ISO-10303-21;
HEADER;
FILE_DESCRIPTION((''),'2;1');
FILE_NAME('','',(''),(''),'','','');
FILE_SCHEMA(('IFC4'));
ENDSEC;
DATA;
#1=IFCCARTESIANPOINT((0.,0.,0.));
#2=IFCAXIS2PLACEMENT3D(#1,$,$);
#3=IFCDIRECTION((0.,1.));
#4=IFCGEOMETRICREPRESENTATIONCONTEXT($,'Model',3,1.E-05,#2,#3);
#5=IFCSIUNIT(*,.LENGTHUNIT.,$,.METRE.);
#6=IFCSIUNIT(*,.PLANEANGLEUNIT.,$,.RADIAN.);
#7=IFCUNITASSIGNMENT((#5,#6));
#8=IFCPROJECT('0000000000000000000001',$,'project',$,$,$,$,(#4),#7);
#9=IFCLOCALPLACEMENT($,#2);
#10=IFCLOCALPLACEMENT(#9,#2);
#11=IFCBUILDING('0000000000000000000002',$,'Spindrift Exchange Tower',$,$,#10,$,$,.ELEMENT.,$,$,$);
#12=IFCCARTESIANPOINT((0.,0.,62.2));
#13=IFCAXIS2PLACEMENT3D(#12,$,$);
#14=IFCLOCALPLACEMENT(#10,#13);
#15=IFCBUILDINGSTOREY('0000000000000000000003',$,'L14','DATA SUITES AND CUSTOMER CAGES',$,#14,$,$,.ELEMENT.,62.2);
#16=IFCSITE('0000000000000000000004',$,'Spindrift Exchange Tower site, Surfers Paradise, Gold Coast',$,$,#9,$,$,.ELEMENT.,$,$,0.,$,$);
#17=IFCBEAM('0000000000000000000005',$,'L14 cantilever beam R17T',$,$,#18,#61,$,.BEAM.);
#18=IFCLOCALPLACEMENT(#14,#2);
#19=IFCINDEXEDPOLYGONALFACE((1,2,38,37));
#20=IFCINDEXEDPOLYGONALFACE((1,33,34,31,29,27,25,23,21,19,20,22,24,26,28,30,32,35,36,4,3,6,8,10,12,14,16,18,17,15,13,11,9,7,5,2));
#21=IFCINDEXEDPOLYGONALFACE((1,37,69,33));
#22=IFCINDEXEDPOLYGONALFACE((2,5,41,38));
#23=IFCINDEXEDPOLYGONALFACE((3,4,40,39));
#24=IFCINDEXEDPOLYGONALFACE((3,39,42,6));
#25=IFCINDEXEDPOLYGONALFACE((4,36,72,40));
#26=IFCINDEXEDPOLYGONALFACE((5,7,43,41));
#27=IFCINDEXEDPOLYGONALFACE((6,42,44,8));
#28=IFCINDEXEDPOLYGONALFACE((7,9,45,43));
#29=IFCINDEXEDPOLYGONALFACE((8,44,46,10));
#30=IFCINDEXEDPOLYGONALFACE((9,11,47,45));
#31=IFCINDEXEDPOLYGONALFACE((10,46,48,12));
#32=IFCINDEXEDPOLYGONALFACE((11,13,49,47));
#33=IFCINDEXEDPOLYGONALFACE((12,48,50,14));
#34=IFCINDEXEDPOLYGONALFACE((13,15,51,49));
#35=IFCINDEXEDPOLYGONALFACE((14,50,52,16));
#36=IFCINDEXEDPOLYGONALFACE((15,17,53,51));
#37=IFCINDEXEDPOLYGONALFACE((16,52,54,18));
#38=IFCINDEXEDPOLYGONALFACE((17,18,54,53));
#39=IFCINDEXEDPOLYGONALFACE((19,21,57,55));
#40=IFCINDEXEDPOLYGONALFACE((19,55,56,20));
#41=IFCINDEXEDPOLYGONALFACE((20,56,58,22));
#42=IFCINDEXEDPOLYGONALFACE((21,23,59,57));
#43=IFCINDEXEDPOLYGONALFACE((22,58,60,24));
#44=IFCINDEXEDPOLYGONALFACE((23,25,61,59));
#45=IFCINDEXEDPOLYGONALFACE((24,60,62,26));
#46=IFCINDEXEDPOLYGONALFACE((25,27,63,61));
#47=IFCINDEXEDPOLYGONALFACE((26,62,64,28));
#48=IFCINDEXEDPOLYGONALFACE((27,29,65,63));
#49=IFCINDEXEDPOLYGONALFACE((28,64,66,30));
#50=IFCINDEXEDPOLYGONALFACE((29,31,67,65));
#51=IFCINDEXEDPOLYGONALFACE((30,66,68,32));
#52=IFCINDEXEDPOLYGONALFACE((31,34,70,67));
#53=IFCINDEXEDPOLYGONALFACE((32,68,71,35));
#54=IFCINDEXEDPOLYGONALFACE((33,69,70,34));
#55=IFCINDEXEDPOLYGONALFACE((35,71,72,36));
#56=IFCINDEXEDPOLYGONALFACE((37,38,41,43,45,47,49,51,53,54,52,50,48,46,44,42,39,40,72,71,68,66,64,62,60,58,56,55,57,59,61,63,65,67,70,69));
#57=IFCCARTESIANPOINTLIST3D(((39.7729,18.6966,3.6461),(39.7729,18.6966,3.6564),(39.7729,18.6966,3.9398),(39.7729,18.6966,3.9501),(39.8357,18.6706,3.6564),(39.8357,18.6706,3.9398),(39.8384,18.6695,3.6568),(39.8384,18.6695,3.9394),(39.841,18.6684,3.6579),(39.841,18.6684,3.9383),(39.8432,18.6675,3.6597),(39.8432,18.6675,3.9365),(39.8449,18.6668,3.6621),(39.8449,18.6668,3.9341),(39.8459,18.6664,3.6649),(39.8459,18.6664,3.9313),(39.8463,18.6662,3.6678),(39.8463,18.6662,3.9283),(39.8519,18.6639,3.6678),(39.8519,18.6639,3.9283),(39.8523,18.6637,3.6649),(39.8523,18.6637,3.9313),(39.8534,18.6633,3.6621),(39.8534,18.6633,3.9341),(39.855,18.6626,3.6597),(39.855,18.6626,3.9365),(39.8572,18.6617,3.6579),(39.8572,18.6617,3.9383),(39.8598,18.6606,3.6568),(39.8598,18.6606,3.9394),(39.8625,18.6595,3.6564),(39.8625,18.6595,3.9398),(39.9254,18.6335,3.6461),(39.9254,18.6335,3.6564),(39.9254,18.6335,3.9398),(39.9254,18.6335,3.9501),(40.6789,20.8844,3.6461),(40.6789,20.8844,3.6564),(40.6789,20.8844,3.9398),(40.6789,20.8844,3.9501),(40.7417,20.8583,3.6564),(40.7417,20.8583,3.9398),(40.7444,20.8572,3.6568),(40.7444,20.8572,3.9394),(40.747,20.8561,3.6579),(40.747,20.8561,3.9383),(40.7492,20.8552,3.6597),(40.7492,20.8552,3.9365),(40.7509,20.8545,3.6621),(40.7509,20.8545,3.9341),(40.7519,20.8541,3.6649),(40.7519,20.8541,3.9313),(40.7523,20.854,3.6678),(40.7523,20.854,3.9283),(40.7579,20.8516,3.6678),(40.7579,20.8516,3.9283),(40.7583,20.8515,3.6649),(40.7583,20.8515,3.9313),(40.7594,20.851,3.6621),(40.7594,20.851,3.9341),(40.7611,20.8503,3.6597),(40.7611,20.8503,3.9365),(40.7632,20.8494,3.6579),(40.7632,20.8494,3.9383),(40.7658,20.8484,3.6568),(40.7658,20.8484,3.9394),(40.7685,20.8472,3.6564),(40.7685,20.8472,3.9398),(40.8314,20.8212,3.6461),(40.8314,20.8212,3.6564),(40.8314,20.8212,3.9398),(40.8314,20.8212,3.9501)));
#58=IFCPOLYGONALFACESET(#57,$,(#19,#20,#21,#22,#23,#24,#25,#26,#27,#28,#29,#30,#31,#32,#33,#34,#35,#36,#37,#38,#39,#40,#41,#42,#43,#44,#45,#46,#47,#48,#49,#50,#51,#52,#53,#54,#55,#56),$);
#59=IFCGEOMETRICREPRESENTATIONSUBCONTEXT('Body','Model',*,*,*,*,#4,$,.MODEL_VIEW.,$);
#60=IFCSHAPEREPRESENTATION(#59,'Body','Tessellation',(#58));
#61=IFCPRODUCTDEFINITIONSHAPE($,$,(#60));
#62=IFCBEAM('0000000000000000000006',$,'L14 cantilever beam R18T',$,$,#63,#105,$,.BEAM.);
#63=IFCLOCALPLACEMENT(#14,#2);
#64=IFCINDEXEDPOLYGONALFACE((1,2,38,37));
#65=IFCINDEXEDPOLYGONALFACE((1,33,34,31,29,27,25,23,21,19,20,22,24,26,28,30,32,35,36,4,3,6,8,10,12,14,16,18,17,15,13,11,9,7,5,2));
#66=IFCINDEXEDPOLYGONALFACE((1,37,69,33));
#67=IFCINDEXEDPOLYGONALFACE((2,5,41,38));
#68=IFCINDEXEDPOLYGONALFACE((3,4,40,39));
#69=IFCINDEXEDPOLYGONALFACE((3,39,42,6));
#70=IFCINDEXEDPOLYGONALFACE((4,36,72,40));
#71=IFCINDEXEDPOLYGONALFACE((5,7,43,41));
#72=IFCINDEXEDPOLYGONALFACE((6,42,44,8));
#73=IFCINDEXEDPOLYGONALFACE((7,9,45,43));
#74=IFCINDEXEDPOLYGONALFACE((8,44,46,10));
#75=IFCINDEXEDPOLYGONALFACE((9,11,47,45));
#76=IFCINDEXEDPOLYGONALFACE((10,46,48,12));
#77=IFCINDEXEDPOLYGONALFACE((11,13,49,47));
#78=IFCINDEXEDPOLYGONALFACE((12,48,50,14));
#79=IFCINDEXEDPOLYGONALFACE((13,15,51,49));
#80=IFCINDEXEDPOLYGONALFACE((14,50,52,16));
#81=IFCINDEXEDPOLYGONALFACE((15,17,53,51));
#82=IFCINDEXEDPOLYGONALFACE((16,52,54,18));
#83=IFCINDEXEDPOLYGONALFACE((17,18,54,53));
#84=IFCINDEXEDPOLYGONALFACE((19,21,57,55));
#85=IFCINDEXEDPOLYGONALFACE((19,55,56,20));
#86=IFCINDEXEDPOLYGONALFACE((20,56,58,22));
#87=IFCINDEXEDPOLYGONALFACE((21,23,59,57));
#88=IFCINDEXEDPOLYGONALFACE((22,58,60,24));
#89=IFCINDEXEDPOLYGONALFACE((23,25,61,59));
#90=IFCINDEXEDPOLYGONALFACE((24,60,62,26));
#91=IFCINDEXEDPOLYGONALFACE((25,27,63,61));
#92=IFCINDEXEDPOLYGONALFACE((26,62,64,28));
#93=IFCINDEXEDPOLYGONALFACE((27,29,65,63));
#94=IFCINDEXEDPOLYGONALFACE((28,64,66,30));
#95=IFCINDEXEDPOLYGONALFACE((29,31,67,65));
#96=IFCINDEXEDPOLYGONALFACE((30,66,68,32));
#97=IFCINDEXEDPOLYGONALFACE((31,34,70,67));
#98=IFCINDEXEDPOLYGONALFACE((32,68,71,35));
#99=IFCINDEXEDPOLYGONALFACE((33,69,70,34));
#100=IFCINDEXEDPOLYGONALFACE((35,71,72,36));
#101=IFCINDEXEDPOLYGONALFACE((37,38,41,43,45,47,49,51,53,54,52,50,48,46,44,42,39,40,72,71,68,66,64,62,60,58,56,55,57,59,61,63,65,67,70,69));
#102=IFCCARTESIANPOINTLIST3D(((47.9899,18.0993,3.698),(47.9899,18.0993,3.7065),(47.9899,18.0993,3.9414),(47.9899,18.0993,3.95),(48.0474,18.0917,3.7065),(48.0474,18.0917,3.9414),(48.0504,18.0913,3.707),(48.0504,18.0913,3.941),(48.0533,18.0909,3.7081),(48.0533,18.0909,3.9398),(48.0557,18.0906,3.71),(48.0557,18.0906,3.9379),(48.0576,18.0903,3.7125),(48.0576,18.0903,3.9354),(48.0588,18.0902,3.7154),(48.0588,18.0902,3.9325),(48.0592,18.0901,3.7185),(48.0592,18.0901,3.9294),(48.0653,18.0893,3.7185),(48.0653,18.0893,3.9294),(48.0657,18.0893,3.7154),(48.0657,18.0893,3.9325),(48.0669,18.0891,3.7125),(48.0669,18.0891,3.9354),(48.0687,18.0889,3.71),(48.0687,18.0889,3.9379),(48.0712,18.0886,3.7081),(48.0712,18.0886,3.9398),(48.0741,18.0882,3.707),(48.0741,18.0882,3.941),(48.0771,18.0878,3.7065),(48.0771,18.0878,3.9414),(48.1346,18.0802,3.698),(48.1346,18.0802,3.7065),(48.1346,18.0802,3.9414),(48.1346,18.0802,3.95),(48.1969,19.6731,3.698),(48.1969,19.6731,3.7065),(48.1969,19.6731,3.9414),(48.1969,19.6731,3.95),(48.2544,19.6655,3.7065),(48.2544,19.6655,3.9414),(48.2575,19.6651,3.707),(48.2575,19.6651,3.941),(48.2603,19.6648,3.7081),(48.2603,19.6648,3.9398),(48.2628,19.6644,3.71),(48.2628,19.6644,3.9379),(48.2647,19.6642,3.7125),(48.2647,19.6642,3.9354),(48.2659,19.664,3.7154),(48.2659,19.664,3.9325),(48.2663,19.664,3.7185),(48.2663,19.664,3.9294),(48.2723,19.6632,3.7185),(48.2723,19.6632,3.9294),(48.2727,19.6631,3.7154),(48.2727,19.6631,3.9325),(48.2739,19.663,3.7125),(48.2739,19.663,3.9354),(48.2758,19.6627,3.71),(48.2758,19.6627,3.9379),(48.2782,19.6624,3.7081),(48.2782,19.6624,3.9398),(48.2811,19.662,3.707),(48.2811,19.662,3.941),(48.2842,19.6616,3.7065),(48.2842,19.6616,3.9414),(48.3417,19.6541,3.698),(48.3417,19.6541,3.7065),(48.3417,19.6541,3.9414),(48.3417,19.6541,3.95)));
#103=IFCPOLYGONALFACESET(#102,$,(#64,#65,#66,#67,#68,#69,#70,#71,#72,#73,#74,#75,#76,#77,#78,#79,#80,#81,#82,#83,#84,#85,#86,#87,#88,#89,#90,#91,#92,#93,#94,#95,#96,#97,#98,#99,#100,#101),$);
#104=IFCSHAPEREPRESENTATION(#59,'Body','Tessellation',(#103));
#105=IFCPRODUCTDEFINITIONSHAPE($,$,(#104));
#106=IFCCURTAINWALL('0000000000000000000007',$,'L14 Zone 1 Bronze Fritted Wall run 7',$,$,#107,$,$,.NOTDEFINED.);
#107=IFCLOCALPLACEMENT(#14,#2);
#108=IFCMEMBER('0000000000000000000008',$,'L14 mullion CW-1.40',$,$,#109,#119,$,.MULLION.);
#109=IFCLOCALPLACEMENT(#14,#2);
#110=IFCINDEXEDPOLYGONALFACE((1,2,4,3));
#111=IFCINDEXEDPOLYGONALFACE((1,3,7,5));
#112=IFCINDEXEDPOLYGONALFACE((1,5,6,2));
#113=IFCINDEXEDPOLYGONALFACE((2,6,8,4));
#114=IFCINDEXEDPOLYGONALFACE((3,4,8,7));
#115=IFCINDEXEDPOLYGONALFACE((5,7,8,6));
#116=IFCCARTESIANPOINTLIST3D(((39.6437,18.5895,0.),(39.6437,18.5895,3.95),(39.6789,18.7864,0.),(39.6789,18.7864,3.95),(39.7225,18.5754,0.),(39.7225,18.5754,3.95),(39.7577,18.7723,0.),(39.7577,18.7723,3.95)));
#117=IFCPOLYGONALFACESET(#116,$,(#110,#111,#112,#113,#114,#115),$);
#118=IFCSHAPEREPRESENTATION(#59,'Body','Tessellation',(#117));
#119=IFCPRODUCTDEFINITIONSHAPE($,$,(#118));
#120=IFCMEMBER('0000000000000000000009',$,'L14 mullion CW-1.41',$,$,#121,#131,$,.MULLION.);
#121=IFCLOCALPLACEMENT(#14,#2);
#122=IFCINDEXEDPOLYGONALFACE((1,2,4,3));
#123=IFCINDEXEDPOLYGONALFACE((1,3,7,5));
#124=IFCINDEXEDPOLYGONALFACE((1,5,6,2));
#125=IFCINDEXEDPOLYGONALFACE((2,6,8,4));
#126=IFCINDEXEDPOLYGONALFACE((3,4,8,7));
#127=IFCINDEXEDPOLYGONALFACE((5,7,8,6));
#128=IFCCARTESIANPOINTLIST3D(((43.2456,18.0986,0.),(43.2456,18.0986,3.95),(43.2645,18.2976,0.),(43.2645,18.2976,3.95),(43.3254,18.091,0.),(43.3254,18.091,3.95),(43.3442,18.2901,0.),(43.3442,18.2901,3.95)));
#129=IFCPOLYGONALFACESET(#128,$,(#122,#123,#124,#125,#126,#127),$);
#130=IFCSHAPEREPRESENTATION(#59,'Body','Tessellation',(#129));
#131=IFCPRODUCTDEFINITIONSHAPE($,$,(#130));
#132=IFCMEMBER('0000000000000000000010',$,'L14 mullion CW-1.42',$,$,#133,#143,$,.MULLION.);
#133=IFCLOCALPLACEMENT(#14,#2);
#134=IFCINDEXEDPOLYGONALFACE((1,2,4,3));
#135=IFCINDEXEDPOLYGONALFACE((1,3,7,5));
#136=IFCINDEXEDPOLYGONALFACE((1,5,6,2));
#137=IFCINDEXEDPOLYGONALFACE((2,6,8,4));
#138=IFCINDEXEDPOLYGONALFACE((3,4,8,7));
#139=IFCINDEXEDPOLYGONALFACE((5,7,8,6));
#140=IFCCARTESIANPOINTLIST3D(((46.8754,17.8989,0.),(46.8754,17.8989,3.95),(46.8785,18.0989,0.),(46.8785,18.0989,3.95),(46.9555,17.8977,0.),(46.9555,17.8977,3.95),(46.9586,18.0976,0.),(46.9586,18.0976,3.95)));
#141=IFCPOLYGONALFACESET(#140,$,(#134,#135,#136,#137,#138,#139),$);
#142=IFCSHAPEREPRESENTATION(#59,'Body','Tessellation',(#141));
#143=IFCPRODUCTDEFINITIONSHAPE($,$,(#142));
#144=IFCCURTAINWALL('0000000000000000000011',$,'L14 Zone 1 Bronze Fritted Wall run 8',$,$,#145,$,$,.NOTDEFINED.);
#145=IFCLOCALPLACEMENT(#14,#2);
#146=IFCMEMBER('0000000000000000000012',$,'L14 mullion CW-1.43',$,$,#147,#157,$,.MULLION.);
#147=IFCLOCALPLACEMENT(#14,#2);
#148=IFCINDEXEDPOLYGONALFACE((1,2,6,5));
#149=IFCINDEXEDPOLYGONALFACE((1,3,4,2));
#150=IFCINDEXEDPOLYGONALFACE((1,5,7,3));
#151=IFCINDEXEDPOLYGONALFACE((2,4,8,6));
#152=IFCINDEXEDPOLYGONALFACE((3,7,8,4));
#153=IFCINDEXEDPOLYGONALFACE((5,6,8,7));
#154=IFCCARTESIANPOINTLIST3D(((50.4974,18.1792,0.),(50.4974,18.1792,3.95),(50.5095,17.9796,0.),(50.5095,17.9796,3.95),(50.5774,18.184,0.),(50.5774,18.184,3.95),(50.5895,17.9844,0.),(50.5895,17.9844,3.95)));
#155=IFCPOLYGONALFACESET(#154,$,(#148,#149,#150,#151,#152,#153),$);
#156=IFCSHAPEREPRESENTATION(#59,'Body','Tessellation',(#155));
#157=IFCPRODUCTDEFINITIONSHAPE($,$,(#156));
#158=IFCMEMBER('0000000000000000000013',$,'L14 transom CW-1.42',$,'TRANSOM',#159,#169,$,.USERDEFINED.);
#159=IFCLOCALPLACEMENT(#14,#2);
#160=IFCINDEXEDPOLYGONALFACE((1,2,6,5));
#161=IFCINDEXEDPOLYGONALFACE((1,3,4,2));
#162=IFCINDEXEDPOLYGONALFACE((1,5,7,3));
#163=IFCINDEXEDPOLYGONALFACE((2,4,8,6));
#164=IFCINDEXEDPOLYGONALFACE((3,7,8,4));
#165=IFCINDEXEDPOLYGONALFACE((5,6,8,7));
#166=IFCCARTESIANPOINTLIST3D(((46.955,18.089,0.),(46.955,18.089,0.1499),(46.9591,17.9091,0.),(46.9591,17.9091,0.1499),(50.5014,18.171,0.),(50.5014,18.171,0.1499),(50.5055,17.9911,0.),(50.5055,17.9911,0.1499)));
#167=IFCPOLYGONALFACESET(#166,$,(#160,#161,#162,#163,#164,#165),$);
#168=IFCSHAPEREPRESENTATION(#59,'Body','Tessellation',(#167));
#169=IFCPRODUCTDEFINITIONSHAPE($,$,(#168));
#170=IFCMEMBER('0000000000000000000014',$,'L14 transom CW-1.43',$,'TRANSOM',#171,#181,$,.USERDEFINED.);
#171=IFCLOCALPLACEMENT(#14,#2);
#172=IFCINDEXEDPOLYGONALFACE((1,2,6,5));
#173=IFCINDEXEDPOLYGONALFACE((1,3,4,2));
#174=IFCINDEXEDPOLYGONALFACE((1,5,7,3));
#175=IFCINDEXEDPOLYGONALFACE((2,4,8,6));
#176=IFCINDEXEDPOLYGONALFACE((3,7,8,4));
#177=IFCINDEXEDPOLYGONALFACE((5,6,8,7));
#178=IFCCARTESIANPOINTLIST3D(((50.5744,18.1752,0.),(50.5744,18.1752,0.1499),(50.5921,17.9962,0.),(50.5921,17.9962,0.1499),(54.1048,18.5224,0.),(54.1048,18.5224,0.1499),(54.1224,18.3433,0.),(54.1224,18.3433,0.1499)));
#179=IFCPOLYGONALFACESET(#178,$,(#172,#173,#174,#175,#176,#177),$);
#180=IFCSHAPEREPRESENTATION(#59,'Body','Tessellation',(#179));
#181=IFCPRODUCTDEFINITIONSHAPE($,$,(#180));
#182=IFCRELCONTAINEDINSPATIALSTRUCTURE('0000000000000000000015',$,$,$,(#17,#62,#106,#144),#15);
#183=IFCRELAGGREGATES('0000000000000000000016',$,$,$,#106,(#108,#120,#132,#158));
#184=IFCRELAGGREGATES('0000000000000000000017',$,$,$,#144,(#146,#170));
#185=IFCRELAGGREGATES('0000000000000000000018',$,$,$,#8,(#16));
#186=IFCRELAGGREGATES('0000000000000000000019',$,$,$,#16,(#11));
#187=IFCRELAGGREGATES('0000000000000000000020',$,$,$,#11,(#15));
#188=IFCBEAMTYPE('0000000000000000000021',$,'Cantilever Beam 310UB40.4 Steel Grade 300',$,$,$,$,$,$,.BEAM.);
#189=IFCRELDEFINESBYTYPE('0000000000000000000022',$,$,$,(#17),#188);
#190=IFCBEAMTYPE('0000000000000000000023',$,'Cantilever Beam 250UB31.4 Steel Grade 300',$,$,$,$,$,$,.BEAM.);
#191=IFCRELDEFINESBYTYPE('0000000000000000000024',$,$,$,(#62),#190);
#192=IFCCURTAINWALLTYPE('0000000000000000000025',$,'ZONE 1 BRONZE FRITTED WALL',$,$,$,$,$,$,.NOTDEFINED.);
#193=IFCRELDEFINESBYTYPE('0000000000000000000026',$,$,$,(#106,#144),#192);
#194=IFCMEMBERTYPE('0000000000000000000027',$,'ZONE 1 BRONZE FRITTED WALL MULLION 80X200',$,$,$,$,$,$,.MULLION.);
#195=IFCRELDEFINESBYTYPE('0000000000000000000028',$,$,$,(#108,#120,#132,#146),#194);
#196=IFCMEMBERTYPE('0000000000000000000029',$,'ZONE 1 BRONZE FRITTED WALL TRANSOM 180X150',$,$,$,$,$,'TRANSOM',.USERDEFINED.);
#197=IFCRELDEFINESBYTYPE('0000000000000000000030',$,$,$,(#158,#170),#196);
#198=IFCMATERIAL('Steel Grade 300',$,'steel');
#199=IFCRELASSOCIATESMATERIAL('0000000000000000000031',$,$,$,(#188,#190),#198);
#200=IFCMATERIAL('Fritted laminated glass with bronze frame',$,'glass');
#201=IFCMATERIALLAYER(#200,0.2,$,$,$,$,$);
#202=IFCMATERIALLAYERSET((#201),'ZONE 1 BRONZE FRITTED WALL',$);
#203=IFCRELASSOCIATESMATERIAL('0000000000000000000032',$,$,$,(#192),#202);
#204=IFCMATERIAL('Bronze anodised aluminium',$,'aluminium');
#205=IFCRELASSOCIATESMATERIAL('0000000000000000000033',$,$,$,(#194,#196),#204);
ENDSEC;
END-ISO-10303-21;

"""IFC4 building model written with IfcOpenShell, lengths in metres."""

from ifc_helpers import new_model, si_unit, direction, frame, origin, origin_2d, place, context, subcontext, project, spatial, rectangle, i_section, extrude, source, transform, mapped, material, layer, layer_set, material_profile, profile_set, type_object, element, aggregate, save


model = new_model("IFC4")

# Units and contexts
model_context = context("Model", 3, precision=1e-05, world=origin(), true_north=direction((0.0, 1.0)))
body_context = subcontext(model_context, "Body", "Model", "MODEL_VIEW")
ifc_project = project(units=[si_unit("LENGTHUNIT", "METRE"), si_unit("PLANEANGLEUNIT", "RADIAN")], contexts=[model_context])

# Site, building, storey
site_placement = place(None, origin())
site = spatial("IfcSite", under=ifc_project, at=site_placement, Name="Spindrift Exchange Tower site, Surfers Paradise, Gold Coast", CompositionType="ELEMENT", RefElevation=0.0)
building_placement = place(site_placement, origin())
building = spatial("IfcBuilding", under=site, at=building_placement, Name="Spindrift Exchange Tower", CompositionType="ELEMENT")
storey_placement = place(building_placement, frame((0.0, 0.0, 62.2)))
storey = spatial("IfcBuildingStorey", under=building, at=storey_placement, Name="L14", Description="DATA SUITES AND CUSTOMER CAGES", CompositionType="ELEMENT", Elevation=62.2)

# Beams
ifc_material_1 = material(Name="Steel Grade 300", Category="steel")
ifc_material_profile_1 = material_profile(ifc_material_1, i_section(OverallWidth=0.165, OverallDepth=0.304, WebThickness=0.0061, FlangeThickness=0.0103, FilletRadius=0.0115, at=origin_2d()), Name="310UB40.4")
ifc_profile_set_1 = profile_set([ifc_material_profile_1], Name="Steel Grade 300")
beam_type_1 = type_object("IfcBeamType", Name="Cantilever Beam 310UB40.4 Steel Grade 300", PredefinedType="BEAM", material=ifc_profile_set_1)
shared_shape_1 = source(origin(), body_context, "Body", "SweptSolid", [
    extrude(i_section(OverallWidth=0.165, OverallDepth=0.304, WebThickness=0.0061, FlangeThickness=0.0103, FilletRadius=0.0115, at=origin_2d()), origin(), (0.0, 0.0, 1.0), 2.3679),
])
beam_1_placement = place(storey_placement, frame((40.7551, 20.8528, 3.7981), z_axis=(-0.382616, -0.923908, 0.0), x_axis=(0.923908, -0.382616, 0.0)))
element("IfcBeam", 1, at=beam_1_placement, inside=storey, type_object=beam_type_1, Name="L14 cantilever beam R17T", PredefinedType="BEAM", context=body_context, shape_type="MappedRepresentation", body=[
    mapped(shared_shape_1, transform((0.0, 0.0, 0.0), scale=1.0)),
])
ifc_material_profile_2 = material_profile(ifc_material_1, i_section(OverallWidth=0.146, OverallDepth=0.252, WebThickness=0.0061, FlangeThickness=0.0085, FilletRadius=0.012, at=origin_2d()), Name="250UB31.4")
ifc_profile_set_2 = profile_set([ifc_material_profile_2], Name="Steel Grade 300")
beam_type_2 = type_object("IfcBeamType", Name="Cantilever Beam 250UB31.4 Steel Grade 300", PredefinedType="BEAM", material=ifc_profile_set_2)
shared_shape_2 = source(origin(), body_context, "Body", "SweptSolid", [
    extrude(i_section(OverallWidth=0.146, OverallDepth=0.252, WebThickness=0.0061, FlangeThickness=0.0085, FilletRadius=0.012, at=origin_2d()), origin(), (0.0, 0.0, 1.0), 1.5874),
])
beam_2_placement = place(storey_placement, frame((48.2693, 19.6636, 3.824), z_axis=(-0.130431, -0.991457, 0.0), x_axis=(0.991457, -0.130431, 0.0)))
element("IfcBeam", 2, at=beam_2_placement, inside=storey, type_object=beam_type_2, Name="L14 cantilever beam R18T", PredefinedType="BEAM", context=body_context, shape_type="MappedRepresentation", body=[
    mapped(shared_shape_2, transform((0.0, 0.0, 0.0), scale=1.0)),
])

# Curtain wall, members
ifc_material_2 = material(Name="Fritted laminated glass with bronze frame", Category="glass")
ifc_layer_1 = layer(ifc_material_2, 0.2)
ifc_layer_set_1 = layer_set([ifc_layer_1], Name="ZONE 1 BRONZE FRITTED WALL")
curtain_wall_type = type_object("IfcCurtainWallType", Name="ZONE 1 BRONZE FRITTED WALL", PredefinedType="NOTDEFINED", material=ifc_layer_set_1)
curtain_wall_1_placement = place(storey_placement, origin())
curtain_wall_1 = element("IfcCurtainWall", 3, at=curtain_wall_1_placement, inside=storey, type_object=curtain_wall_type, Name="L14 Zone 1 Bronze Fritted Wall run 7", PredefinedType="NOTDEFINED")
ifc_material_3 = material(Name="Bronze anodised aluminium", Category="aluminium")
ifc_material_profile_3 = material_profile(ifc_material_3, rectangle(XDim=0.0801, YDim=0.2, at=origin_2d()), Name="ZONE 1 BRONZE FRITTED WALL MULLION 80X200")
ifc_profile_set_3 = profile_set([ifc_material_profile_3], Name="Bronze anodised aluminium")
member_type_1 = type_object("IfcMemberType", Name="ZONE 1 BRONZE FRITTED WALL MULLION 80X200", PredefinedType="MULLION", material=ifc_profile_set_3)
shared_shape_3 = source(origin(), body_context, "Body", "SweptSolid", [
    extrude(rectangle(XDim=0.0801, YDim=0.2, at=origin_2d()), origin(), (0.0, 0.0, 1.0), 3.95),
])
member_1_placement = place(storey_placement, frame((39.7007, 18.6809, 0.0), z_axis=(0.0, 0.0, 1.0), x_axis=(0.984392, -0.175987, 0.0)))
member_1 = element("IfcMember", 4, at=member_1_placement, type_object=member_type_1, Name="L14 mullion CW-1.40", PredefinedType="MULLION", context=body_context, shape_type="MappedRepresentation", body=[
    mapped(shared_shape_3, transform((0.0, 0.0, 0.0), scale=1.0)),
])
member_2_placement = place(storey_placement, frame((43.2949, 18.1943, 0.0), z_axis=(0.0, 0.0, 1.0), x_axis=(0.995554, -0.094198, 0.0)))
member_2 = element("IfcMember", 5, at=member_2_placement, type_object=member_type_1, Name="L14 mullion CW-1.41", PredefinedType="MULLION", context=body_context, shape_type="MappedRepresentation", body=[
    mapped(shared_shape_3, transform((0.0, 0.0, 0.0), scale=1.0)),
])
member_3_placement = place(storey_placement, frame((46.917, 17.9983, 0.0), z_axis=(0.0, 0.0, 1.0), x_axis=(0.99988, -0.015519, 0.0)))
member_3 = element("IfcMember", 6, at=member_3_placement, type_object=member_type_1, Name="L14 mullion CW-1.42", PredefinedType="MULLION", context=body_context, shape_type="MappedRepresentation", body=[
    mapped(shared_shape_3, transform((0.0, 0.0, 0.0), scale=1.0)),
])

# Curtain wall, member
curtain_wall_2_placement = place(storey_placement, origin())
curtain_wall_2 = element("IfcCurtainWall", 7, at=curtain_wall_2_placement, inside=storey, type_object=curtain_wall_type, Name="L14 Zone 1 Bronze Fritted Wall run 8", PredefinedType="NOTDEFINED")
member_4_placement = place(storey_placement, frame((50.5435, 18.0818, 0.0), z_axis=(0.0, 0.0, 1.0), x_axis=(0.998169, 0.060485, 0.0)))
member_4 = element("IfcMember", 8, at=member_4_placement, type_object=member_type_1, Name="L14 mullion CW-1.43", PredefinedType="MULLION", context=body_context, shape_type="MappedRepresentation", body=[
    mapped(shared_shape_3, transform((0.0, 0.0, 0.0), scale=1.0)),
])

# Members
ifc_material_profile_4 = material_profile(ifc_material_3, rectangle(XDim=0.1799, YDim=0.1499, at=origin_2d()), Name="ZONE 1 BRONZE FRITTED WALL TRANSOM 180X150")
ifc_profile_set_4 = profile_set([ifc_material_profile_4], Name="Bronze anodised aluminium")
member_type_2 = type_object("IfcMemberType", Name="ZONE 1 BRONZE FRITTED WALL TRANSOM 180X150", ElementType="TRANSOM", PredefinedType="USERDEFINED", material=ifc_profile_set_4)
shared_shape_4 = source(origin(), body_context, "Body", "SweptSolid", [
    extrude(rectangle(XDim=0.1799, YDim=0.1499, at=origin_2d()), origin(), (0.0, 0.0, 1.0), 3.5474),
])
member_5_placement = place(storey_placement, frame((46.957, 17.999, 0.075), z_axis=(0.999733, 0.023125, 0.0), x_axis=(-0.023125, 0.999733, 0.0)))
member_5 = element("IfcMember", 9, at=member_5_placement, type_object=member_type_2, Name="L14 transom CW-1.42", ObjectType="TRANSOM", PredefinedType="USERDEFINED", context=body_context, shape_type="MappedRepresentation", body=[
    mapped(shared_shape_4, transform((0.0, 0.0, 0.0), scale=1.0)),
])
member_6_placement = place(storey_placement, frame((50.5833, 18.0857, 0.075), z_axis=(0.995199, 0.097868, 0.0), x_axis=(-0.097868, 0.995199, 0.0)))
member_6 = element("IfcMember", 10, at=member_6_placement, type_object=member_type_2, Name="L14 transom CW-1.43", ObjectType="TRANSOM", PredefinedType="USERDEFINED", context=body_context, shape_type="MappedRepresentation", body=[
    mapped(shared_shape_4, transform((0.0, 0.0, 0.0), scale=1.0)),
])

aggregate(curtain_wall_1, [member_1, member_2, member_3, member_5])
aggregate(curtain_wall_2, [member_4, member_6])

save(model, "model.ifc")
